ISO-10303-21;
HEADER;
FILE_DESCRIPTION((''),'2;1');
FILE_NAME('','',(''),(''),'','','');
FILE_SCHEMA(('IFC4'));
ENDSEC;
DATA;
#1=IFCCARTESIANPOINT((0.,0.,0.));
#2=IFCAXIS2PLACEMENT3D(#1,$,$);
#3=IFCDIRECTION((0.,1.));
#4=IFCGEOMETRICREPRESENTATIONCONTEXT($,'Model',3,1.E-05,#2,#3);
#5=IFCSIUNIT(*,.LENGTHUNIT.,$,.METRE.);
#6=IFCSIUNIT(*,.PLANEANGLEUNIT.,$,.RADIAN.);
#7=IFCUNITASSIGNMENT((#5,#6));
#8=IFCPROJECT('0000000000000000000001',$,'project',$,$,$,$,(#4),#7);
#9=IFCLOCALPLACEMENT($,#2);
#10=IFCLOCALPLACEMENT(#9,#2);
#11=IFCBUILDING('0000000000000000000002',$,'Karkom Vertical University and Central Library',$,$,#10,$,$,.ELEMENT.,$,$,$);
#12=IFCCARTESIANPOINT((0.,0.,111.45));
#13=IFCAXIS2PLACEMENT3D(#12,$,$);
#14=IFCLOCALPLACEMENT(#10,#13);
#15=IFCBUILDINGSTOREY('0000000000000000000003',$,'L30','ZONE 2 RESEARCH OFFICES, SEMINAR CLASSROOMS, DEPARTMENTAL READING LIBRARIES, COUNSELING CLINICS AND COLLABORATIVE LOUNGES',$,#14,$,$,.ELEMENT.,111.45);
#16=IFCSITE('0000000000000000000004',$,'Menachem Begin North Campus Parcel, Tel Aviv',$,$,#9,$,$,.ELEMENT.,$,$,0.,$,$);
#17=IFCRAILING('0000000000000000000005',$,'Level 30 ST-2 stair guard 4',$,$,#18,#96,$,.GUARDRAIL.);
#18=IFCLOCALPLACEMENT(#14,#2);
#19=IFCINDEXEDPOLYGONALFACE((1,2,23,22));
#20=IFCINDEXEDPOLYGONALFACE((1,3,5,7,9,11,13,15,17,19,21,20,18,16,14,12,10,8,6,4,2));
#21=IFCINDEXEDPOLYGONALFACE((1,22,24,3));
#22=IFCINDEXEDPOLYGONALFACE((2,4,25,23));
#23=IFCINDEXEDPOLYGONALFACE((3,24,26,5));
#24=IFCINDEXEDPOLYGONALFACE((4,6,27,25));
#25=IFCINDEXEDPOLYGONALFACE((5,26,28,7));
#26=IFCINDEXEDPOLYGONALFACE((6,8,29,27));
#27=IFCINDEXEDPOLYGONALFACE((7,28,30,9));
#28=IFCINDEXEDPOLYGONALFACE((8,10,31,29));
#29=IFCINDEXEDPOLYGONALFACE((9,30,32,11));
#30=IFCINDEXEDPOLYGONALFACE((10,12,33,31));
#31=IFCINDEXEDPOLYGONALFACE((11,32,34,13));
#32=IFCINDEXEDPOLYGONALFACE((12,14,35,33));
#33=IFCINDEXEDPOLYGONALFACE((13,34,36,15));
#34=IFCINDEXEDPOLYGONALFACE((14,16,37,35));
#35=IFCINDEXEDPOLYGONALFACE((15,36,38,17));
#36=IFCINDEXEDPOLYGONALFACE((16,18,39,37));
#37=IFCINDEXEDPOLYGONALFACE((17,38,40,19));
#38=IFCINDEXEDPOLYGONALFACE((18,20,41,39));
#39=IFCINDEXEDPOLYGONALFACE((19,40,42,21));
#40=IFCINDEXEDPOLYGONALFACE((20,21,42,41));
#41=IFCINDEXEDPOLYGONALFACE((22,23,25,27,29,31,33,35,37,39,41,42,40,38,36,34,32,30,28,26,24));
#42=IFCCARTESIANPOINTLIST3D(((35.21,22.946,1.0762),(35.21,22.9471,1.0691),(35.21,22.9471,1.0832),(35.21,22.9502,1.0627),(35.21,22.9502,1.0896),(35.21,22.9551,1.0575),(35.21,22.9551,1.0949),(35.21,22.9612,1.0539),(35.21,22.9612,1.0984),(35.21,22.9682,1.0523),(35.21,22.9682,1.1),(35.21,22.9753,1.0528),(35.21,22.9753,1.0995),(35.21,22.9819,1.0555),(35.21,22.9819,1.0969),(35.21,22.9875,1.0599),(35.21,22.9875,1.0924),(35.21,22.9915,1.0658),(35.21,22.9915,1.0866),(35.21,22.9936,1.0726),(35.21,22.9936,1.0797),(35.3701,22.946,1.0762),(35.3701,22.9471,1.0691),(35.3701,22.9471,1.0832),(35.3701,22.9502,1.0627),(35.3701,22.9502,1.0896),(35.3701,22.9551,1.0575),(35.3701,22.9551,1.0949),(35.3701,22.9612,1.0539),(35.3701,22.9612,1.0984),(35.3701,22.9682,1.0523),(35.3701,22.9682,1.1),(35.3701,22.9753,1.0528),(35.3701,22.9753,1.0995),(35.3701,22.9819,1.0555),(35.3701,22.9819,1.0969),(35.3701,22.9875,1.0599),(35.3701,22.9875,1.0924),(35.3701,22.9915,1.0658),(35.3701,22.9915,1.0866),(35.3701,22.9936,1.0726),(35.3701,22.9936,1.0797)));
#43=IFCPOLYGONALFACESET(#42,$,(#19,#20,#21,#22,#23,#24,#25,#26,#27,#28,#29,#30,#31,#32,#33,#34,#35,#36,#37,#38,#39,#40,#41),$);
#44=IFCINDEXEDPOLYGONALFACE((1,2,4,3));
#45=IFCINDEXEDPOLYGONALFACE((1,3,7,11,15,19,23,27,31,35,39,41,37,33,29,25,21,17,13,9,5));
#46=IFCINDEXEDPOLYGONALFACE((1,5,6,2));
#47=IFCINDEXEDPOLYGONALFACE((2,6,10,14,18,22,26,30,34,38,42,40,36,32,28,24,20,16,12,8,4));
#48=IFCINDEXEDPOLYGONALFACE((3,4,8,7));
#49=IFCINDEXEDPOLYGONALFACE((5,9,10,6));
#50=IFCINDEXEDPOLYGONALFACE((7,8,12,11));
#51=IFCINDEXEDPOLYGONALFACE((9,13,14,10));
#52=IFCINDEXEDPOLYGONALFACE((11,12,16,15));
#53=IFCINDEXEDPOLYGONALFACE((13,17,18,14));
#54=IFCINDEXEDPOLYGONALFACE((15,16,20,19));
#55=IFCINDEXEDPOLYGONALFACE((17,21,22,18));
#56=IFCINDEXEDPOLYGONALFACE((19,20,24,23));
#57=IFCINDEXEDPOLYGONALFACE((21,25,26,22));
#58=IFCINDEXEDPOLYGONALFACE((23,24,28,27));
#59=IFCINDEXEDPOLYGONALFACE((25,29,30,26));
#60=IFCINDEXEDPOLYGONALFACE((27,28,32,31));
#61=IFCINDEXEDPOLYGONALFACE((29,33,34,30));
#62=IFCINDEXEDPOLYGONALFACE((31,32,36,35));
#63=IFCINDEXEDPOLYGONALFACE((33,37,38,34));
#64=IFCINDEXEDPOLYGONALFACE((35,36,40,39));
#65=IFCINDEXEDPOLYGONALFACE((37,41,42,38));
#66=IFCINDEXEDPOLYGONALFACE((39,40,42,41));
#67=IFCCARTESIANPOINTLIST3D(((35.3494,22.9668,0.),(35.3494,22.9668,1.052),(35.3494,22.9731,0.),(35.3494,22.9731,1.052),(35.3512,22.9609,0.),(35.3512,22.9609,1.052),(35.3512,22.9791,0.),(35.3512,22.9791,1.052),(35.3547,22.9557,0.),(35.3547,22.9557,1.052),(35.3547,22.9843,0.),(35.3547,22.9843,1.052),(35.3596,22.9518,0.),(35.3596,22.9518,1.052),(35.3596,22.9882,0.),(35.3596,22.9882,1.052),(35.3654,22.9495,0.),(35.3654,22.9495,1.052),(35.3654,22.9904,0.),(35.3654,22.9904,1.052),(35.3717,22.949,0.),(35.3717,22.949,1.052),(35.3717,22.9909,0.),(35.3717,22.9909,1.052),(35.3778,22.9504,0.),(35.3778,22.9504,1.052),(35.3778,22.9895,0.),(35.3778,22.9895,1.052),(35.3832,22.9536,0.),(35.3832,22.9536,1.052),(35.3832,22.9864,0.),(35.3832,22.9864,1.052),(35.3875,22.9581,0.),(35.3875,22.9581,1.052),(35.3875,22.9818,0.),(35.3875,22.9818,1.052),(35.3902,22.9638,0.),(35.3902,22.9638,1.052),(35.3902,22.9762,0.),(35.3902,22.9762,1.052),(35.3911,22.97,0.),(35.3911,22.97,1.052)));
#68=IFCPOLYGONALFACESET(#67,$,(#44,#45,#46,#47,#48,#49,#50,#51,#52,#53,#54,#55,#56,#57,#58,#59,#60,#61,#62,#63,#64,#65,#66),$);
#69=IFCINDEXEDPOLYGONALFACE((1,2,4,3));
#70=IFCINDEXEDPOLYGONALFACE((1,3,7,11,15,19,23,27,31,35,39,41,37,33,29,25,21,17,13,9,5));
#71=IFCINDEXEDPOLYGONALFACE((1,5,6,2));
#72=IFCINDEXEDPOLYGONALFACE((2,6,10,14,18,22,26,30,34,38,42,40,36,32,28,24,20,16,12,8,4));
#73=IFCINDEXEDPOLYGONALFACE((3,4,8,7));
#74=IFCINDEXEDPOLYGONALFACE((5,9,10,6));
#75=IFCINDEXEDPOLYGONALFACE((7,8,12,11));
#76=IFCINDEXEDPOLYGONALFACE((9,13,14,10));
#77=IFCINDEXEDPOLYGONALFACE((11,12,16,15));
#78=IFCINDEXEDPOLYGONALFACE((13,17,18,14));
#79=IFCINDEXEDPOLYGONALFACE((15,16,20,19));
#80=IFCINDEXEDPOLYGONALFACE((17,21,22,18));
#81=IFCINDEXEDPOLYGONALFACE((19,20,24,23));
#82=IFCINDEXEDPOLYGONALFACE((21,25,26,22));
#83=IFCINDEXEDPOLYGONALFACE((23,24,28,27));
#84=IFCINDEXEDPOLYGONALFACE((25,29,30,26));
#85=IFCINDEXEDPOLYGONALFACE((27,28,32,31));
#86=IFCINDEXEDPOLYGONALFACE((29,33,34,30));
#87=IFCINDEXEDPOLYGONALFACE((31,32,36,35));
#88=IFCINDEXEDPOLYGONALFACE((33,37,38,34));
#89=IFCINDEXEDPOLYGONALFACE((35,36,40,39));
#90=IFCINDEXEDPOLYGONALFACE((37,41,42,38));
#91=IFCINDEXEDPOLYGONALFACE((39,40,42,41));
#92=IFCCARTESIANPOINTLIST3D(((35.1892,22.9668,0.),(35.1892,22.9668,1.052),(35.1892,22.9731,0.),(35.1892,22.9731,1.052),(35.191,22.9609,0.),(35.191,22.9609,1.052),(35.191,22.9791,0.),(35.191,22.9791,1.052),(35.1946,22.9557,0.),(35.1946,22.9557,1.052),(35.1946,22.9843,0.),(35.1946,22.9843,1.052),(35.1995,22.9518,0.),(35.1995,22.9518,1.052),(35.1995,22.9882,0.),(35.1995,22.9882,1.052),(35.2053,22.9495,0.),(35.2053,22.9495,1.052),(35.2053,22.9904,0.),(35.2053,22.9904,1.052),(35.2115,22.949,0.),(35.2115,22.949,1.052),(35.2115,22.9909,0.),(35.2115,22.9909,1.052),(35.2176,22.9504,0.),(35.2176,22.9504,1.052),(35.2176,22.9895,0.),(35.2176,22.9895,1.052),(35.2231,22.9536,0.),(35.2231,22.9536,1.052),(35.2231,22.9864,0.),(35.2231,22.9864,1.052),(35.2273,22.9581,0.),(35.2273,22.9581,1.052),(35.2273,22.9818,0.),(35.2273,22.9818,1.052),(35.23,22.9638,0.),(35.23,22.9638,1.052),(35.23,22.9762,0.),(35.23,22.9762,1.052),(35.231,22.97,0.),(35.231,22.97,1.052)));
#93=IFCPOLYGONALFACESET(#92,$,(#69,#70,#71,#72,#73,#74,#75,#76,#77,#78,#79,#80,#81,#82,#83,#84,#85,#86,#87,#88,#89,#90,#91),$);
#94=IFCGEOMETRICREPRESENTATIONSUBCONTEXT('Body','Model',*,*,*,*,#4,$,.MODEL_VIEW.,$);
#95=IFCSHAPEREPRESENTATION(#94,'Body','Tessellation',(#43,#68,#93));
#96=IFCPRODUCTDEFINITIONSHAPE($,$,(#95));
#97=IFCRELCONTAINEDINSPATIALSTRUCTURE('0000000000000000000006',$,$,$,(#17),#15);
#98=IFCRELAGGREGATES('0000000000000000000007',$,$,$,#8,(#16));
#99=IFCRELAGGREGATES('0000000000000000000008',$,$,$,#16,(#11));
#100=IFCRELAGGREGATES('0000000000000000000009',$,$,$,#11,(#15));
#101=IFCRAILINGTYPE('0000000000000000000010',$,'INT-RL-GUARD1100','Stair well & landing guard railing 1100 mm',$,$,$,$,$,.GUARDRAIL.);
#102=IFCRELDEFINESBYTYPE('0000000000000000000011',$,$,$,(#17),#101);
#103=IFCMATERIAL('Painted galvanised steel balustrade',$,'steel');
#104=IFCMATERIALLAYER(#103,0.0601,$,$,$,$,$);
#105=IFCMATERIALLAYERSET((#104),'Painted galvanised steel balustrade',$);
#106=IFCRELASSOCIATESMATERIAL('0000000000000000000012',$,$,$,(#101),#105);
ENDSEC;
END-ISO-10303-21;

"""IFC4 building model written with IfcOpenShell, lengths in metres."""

from ifc_helpers import new_model, si_unit, direction, frame, origin, origin_2d, place, context, subcontext, project, spatial, circle, extrude, material, layer, layer_set, type_object, element, save


model = new_model("IFC4")

# Units and contexts
model_context = context("Model", 3, precision=1e-05, world=origin(), true_north=direction((0.0, 1.0)))
body_context = subcontext(model_context, "Body", "Model", "MODEL_VIEW")
ifc_project = project(units=[si_unit("LENGTHUNIT", "METRE"), si_unit("PLANEANGLEUNIT", "RADIAN")], contexts=[model_context])

# Site, building, storey
site_placement = place(None, origin())
site = spatial("IfcSite", under=ifc_project, at=site_placement, Name="Menachem Begin North Campus Parcel, Tel Aviv", CompositionType="ELEMENT", RefElevation=0.0)
building_placement = place(site_placement, origin())
building = spatial("IfcBuilding", under=site, at=building_placement, Name="Karkom Vertical University and Central Library", CompositionType="ELEMENT")
storey_placement = place(building_placement, frame((0.0, 0.0, 111.45)))
storey = spatial("IfcBuildingStorey", under=building, at=storey_placement, Name="L30", Description="ZONE 2 RESEARCH OFFICES, SEMINAR CLASSROOMS, DEPARTMENTAL READING LIBRARIES, COUNSELING CLINICS AND COLLABORATIVE LOUNGES", CompositionType="ELEMENT", Elevation=111.45)

# Railing
ifc_material_1 = material(Name="Painted galvanised steel balustrade", Category="steel")
ifc_layer_1 = layer(ifc_material_1, 0.0601)
ifc_layer_set_1 = layer_set([ifc_layer_1], Name="Painted galvanised steel balustrade")
railing_type_1 = type_object("IfcRailingType", Name="INT-RL-GUARD1100", Description="Stair well & landing guard railing 1100 mm", PredefinedType="GUARDRAIL", material=ifc_layer_set_1)
railing_1_placement = place(storey_placement, frame((35.3701, 22.97, 0.0)))
element("IfcRailing", 1, at=railing_1_placement, inside=storey, type_object=railing_type_1, Name="Level 30 ST-2 stair guard 4", PredefinedType="GUARDRAIL", context=body_context, shape_type="SweptSolid", body=[
    extrude(circle(Radius=0.0239, at=origin_2d()), frame((0.0, 0.0, 1.0762), z_axis=(-1.0, 0.0, 0.0), x_axis=(0.0, -1.0, 0.0)), (0.0, 0.0, 1.0), 0.1602),
    extrude(circle(Radius=0.021, at=origin_2d()), origin(), (0.0, 0.0, 1.0), 1.052),
    extrude(circle(Radius=0.021, at=origin_2d()), frame((-0.1602, 0.0, 0.0)), (0.0, 0.0, 1.0), 1.052),
])

save(model, "model.ifc")
